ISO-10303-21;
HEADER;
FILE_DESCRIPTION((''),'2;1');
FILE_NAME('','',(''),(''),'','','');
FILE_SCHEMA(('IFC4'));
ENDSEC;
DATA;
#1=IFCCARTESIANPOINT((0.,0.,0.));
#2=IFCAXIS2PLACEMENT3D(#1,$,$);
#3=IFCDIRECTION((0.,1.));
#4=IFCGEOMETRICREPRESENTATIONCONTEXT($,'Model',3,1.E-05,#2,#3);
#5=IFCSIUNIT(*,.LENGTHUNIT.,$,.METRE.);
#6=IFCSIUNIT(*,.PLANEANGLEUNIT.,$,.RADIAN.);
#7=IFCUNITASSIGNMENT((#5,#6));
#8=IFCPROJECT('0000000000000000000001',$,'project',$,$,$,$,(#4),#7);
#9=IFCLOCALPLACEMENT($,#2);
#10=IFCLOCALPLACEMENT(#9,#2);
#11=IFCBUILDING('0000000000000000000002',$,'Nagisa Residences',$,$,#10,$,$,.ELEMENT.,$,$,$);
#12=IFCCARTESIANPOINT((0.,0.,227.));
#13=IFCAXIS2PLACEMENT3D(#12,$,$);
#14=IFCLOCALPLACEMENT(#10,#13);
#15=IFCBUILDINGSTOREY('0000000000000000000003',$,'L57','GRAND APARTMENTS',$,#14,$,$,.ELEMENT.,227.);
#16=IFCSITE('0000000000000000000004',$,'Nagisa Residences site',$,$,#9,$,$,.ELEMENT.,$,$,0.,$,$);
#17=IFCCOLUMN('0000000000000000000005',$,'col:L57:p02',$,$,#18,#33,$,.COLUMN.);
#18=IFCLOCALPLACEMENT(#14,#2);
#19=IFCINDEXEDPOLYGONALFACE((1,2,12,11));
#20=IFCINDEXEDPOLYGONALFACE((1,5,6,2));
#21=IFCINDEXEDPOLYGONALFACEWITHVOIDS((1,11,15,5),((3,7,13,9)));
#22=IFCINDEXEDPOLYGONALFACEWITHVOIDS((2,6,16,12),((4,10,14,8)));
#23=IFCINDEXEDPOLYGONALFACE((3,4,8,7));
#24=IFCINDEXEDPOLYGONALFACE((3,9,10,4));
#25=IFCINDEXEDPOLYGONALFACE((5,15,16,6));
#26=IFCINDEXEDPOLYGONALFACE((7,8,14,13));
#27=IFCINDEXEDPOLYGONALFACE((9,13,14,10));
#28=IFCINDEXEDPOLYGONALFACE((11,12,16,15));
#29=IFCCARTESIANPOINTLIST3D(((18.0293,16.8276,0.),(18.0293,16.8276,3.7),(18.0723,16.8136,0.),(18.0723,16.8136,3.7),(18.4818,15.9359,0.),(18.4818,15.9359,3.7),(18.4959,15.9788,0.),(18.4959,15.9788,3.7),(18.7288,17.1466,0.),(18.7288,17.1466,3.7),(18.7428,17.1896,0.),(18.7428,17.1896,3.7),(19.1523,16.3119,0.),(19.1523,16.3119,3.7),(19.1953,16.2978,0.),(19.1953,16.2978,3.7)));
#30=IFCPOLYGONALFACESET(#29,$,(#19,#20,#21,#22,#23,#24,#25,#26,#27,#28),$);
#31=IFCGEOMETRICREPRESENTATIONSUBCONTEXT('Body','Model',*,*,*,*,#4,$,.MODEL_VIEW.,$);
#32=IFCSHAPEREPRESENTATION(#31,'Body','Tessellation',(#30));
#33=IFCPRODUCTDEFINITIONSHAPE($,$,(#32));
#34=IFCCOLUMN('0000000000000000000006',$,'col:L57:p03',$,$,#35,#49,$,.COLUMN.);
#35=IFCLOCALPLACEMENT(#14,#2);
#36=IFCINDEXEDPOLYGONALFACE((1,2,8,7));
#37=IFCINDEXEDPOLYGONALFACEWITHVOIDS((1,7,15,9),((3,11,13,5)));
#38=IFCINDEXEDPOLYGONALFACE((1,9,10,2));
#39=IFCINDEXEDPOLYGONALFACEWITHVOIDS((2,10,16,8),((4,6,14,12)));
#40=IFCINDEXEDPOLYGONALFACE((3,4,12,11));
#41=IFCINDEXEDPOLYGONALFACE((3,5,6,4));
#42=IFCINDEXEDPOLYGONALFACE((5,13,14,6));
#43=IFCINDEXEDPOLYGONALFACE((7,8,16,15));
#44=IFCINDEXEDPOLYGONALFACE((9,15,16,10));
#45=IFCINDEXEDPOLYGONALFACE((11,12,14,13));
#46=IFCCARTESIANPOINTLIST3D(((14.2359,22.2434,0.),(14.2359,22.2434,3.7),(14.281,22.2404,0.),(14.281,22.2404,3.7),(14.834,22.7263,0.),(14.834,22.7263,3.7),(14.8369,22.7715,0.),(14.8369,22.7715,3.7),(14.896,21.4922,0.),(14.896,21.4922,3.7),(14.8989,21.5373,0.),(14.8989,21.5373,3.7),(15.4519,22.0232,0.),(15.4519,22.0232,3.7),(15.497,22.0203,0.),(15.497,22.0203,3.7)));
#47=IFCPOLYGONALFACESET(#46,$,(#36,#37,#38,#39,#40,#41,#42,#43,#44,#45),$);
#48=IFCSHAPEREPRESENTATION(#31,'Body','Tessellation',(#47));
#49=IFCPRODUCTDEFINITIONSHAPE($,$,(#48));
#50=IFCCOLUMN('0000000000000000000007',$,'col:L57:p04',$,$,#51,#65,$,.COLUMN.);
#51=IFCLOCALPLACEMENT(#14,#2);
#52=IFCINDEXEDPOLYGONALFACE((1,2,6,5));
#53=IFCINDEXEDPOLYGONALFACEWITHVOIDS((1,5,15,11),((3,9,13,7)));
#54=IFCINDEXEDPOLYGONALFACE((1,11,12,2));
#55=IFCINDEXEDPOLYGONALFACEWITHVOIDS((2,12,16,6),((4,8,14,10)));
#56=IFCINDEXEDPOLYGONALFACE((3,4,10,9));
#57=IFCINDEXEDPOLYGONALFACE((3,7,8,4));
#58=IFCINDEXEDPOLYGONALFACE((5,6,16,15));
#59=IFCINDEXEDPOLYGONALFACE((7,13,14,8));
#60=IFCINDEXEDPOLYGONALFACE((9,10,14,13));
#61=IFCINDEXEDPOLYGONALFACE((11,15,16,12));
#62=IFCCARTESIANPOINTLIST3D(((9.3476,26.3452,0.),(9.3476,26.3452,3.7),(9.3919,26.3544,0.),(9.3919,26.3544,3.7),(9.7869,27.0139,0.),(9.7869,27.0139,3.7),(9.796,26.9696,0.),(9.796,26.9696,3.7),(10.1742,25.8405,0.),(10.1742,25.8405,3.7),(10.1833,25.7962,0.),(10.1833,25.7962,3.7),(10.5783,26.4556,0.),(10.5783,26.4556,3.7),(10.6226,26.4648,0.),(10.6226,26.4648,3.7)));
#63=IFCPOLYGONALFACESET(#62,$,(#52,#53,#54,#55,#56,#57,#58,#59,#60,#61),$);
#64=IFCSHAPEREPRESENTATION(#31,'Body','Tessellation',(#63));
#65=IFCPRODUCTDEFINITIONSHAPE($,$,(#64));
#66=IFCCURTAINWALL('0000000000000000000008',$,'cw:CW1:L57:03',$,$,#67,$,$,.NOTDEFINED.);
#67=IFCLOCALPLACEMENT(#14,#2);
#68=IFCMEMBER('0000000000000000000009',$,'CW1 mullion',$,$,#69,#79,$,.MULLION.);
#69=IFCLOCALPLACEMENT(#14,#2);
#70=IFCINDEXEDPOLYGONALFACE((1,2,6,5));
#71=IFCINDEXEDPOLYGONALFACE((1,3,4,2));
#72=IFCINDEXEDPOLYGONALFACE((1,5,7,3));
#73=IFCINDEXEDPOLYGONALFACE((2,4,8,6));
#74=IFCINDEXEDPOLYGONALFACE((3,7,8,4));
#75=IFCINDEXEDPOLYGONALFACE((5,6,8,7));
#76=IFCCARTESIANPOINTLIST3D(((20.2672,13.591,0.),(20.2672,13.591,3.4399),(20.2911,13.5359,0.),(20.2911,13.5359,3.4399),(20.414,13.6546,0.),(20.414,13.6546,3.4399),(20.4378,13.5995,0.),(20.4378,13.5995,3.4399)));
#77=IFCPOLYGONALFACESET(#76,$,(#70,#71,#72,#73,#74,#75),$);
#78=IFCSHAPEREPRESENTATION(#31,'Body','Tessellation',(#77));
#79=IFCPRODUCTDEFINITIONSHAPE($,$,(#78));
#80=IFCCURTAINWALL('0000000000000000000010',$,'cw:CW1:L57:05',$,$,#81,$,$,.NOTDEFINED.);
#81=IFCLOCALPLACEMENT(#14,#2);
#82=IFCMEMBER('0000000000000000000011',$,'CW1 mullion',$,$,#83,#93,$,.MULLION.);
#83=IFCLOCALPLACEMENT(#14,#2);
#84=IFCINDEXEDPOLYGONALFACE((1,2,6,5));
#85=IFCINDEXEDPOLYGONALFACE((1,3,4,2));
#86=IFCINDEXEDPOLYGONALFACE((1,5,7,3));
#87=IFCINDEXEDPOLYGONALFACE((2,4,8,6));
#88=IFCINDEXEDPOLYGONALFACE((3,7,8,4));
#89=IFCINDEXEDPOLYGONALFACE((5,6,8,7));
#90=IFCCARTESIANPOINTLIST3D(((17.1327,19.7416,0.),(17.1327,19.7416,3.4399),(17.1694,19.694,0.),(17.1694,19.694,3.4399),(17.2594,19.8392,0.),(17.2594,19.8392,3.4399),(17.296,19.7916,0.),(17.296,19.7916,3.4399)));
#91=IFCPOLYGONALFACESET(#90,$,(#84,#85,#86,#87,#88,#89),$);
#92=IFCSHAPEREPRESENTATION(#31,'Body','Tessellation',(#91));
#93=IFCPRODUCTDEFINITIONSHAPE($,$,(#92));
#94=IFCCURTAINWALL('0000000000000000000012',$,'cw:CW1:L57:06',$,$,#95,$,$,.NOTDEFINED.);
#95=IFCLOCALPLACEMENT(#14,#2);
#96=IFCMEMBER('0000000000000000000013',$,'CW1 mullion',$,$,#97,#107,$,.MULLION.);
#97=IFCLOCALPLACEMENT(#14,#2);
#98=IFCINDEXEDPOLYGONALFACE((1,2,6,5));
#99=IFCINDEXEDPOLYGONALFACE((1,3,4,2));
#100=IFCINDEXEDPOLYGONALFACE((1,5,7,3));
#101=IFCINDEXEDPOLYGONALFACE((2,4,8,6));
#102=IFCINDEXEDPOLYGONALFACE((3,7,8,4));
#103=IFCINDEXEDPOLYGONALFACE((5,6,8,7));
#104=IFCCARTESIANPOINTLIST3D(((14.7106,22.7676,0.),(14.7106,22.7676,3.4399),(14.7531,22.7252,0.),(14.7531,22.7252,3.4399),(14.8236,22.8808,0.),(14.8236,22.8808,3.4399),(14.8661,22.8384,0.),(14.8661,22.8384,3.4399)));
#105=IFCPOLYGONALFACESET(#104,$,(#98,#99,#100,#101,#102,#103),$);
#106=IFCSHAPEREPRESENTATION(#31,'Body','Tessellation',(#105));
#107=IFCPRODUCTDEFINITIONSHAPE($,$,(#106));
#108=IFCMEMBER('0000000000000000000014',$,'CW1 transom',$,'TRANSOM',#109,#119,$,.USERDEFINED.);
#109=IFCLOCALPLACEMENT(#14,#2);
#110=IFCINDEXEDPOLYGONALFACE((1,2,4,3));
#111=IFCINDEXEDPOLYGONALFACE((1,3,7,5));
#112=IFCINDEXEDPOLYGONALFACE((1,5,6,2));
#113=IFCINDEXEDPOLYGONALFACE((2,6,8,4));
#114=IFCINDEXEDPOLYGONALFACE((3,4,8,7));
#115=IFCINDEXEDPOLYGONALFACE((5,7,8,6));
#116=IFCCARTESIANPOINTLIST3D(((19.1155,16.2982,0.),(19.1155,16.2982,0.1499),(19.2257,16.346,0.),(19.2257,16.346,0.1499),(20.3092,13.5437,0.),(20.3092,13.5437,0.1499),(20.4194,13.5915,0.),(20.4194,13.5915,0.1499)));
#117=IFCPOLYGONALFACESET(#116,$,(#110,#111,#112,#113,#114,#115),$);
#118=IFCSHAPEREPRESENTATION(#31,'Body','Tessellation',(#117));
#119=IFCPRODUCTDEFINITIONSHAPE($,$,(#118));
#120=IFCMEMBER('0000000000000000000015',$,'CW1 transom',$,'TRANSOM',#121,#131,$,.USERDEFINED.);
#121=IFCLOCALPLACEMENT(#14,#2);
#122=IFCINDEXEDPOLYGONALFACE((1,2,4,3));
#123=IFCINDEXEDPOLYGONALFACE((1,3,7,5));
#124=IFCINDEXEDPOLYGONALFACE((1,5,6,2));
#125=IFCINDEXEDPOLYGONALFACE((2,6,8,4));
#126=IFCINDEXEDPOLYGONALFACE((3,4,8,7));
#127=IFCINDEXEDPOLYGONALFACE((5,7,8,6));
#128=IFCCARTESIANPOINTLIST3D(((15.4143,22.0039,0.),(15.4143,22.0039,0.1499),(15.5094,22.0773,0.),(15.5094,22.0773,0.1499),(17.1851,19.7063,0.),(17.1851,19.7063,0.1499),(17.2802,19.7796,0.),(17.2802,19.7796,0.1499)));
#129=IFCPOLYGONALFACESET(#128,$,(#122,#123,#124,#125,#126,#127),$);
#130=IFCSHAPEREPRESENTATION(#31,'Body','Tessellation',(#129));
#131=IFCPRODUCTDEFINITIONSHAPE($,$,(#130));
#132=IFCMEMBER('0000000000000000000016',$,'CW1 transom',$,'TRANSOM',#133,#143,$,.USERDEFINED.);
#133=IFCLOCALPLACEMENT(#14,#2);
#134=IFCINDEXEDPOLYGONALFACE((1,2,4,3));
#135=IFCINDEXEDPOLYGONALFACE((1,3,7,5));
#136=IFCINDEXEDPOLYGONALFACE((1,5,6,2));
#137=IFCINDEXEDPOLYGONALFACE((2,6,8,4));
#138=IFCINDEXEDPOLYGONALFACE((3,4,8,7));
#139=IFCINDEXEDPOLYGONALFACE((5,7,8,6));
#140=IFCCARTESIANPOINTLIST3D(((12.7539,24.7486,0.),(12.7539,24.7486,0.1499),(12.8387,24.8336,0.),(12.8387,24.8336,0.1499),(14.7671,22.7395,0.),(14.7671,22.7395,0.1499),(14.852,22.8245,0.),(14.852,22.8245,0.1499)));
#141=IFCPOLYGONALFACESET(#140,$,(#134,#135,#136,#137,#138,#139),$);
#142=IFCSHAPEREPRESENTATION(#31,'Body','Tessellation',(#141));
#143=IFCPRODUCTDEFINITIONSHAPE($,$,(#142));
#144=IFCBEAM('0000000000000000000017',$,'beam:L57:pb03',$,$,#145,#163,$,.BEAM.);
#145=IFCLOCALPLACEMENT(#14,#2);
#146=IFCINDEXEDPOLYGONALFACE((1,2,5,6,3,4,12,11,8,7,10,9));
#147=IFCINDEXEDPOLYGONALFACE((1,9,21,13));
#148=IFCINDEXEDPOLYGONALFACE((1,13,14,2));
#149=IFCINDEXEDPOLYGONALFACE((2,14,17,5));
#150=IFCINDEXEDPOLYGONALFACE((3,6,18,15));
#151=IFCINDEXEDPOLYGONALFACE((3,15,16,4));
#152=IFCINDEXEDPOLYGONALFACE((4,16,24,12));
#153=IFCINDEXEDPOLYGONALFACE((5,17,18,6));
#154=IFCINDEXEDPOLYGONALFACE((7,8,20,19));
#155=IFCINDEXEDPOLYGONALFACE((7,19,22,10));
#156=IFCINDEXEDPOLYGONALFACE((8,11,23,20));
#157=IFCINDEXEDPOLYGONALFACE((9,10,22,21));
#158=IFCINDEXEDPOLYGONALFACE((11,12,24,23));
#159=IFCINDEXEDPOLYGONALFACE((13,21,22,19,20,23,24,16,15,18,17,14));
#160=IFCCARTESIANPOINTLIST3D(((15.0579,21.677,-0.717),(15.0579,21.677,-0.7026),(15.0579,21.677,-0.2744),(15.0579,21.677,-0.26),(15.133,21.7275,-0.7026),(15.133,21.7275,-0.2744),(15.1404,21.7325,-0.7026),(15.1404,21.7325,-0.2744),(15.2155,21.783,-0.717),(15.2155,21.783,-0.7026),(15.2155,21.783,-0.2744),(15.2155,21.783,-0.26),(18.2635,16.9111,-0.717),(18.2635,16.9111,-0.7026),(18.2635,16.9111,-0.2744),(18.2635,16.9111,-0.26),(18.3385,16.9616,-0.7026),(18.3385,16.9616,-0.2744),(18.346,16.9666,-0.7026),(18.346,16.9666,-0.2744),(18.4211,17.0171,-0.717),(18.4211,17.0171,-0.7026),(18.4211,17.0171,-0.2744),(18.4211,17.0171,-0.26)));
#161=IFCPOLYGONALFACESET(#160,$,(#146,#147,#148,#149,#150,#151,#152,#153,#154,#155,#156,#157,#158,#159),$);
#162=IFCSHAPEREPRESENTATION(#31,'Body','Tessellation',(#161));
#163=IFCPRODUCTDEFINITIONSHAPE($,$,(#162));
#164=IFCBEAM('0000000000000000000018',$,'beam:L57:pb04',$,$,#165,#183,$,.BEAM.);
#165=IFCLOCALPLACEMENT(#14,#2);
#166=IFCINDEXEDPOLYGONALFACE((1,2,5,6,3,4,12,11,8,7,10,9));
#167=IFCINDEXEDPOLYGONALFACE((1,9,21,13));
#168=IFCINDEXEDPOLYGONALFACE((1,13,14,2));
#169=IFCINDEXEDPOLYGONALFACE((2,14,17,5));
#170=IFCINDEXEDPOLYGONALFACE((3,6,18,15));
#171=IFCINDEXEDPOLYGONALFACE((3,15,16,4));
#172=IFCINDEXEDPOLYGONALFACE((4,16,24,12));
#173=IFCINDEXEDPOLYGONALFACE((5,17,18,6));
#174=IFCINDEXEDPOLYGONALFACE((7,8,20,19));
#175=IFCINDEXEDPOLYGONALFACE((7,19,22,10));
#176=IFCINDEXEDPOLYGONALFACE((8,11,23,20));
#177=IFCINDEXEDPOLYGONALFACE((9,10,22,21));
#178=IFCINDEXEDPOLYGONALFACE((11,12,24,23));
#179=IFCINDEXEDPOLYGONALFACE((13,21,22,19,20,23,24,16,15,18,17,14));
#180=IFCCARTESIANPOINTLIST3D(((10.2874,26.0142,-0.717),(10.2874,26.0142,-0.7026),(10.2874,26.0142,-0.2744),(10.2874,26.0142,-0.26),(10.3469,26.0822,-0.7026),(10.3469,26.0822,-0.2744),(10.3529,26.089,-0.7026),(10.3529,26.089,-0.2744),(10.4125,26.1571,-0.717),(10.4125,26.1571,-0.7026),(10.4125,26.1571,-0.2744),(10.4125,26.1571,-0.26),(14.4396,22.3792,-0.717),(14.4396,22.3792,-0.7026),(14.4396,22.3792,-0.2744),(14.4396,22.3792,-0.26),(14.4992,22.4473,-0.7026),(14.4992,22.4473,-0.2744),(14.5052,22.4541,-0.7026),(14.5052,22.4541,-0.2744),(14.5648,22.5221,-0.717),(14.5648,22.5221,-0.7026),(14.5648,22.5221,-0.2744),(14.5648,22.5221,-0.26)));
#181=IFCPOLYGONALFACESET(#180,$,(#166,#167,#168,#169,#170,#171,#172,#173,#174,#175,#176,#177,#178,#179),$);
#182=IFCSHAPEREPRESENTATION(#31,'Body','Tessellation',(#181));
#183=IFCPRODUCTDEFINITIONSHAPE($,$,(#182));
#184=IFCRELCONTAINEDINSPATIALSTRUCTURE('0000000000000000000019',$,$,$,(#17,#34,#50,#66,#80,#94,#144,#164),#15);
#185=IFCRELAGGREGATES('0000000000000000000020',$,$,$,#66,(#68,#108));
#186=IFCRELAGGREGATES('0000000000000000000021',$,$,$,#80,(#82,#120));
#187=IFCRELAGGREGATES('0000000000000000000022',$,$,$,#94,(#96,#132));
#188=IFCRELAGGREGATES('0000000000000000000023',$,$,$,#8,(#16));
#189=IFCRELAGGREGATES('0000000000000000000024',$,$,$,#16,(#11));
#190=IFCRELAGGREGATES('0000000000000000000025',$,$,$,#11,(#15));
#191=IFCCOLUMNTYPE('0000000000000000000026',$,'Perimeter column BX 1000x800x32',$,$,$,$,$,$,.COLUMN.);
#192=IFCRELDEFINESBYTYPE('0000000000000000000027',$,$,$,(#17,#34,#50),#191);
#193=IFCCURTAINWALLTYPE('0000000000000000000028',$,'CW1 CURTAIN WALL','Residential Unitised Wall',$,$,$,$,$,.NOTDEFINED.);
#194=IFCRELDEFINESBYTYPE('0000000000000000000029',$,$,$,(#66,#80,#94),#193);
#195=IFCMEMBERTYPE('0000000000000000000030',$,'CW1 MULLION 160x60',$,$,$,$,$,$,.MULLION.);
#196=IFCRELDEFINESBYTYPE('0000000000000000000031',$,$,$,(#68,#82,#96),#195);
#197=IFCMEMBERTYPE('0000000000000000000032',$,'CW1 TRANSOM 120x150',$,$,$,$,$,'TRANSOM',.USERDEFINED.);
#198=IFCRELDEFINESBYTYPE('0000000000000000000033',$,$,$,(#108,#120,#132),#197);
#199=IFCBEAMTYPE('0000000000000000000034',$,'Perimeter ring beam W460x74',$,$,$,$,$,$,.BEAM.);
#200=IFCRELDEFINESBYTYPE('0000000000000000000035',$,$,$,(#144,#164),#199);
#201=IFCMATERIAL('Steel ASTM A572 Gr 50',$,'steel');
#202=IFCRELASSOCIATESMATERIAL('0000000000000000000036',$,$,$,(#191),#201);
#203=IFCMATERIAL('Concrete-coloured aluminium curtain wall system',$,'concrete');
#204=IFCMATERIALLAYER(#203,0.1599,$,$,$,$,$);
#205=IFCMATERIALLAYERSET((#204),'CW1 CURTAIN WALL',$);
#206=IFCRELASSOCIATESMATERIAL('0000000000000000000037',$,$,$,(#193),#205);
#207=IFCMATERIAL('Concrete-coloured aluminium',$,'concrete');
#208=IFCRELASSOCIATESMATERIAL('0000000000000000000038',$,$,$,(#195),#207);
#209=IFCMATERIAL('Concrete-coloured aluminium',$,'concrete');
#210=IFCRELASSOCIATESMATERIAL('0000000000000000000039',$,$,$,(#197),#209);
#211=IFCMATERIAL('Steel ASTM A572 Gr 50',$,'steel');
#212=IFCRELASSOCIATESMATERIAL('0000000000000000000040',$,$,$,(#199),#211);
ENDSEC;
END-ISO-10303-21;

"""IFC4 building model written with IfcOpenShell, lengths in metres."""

from ifc_helpers import new_model, si_unit, direction, frame, origin, origin_2d, place, context, subcontext, project, spatial, rectangle, hollow_rectangle, i_section, extrude, material, layer, layer_set, material_profile, profile_set, type_object, element, aggregate, save


model = new_model("IFC4")

# Units and contexts
model_context = context("Model", 3, precision=1e-05, world=origin(), true_north=direction((0.0, 1.0)))
body_context = subcontext(model_context, "Body", "Model", "MODEL_VIEW")
ifc_project = project(units=[si_unit("LENGTHUNIT", "METRE"), si_unit("PLANEANGLEUNIT", "RADIAN")], contexts=[model_context])

# Site, building, storey
site_placement = place(None, origin())
site = spatial("IfcSite", under=ifc_project, at=site_placement, Name="Nagisa Residences site", CompositionType="ELEMENT", RefElevation=0.0)
building_placement = place(site_placement, origin())
building = spatial("IfcBuilding", under=site, at=building_placement, Name="Nagisa Residences", CompositionType="ELEMENT")
storey_placement = place(building_placement, frame((0.0, 0.0, 227.0)))
storey = spatial("IfcBuildingStorey", under=building, at=storey_placement, Name="L57", Description="GRAND APARTMENTS", CompositionType="ELEMENT", Elevation=227.0)

# Columns
ifc_material_1 = material(Name="Steel ASTM A572 Gr 50", Category="steel")
ifc_material_profile_1 = material_profile(ifc_material_1, hollow_rectangle(XDim=1.0, YDim=0.8, WallThickness=0.032, at=origin_2d()), Name="BX 1000x800x32")
ifc_profile_set_1 = profile_set([ifc_material_profile_1], Name="Steel ASTM A572 Gr 50")
column_type = type_object("IfcColumnType", Name="Perimeter column BX 1000x800x32", PredefinedType="COLUMN", material=ifc_profile_set_1)
for number, where, z_axis, x_axis, name in (
    (1, (18.6123, 16.5627, 0.0), (0.0, 0.0, 1.0), (-0.452463, 0.891783, 0.0), "col:L57:p02"),
    (2, (14.8665, 22.1318, 0.0), (0.0, 0.0, 1.0), (-0.660115, 0.751165, 0.0), "col:L57:p03"),
    (3, (9.9851, 26.405, 0.0), (0.0, 0.0, 1.0), (-0.835766, 0.549086, 0.0), "col:L57:p04"),
):
    element("IfcColumn", number, at=place(storey_placement, frame(where, z_axis=z_axis, x_axis=x_axis)), inside=storey, type_object=column_type, Name=name, PredefinedType="COLUMN", context=body_context, shape_type="SweptSolid", body=[
        extrude(hollow_rectangle(XDim=1.0, YDim=0.8, WallThickness=0.032, at=origin_2d()), origin(), (0.0, 0.0, 1.0), 3.7),
    ])

# Curtain walls, members
ifc_material_2 = material(Name="Concrete-coloured aluminium curtain wall system", Category="concrete")
ifc_layer_1 = layer(ifc_material_2, 0.1599)
ifc_layer_set_1 = layer_set([ifc_layer_1], Name="CW1 CURTAIN WALL")
curtain_wall_type = type_object("IfcCurtainWallType", Name="CW1 CURTAIN WALL", Description="Residential Unitised Wall", PredefinedType="NOTDEFINED", material=ifc_layer_set_1)
curtain_wall_1_placement = place(storey_placement, origin())
curtain_wall_1 = element("IfcCurtainWall", 4, at=curtain_wall_1_placement, inside=storey, type_object=curtain_wall_type, Name="cw:CW1:L57:03", PredefinedType="NOTDEFINED")
ifc_material_3 = material(Name="Concrete-coloured aluminium", Category="concrete")
ifc_material_profile_2 = material_profile(ifc_material_3, rectangle(XDim=0.1599, YDim=0.0601, at=origin_2d()), Name="CW1 MULLION 160x60")
ifc_profile_set_2 = profile_set([ifc_material_profile_2], Name="Concrete-coloured aluminium")
member_type_1 = type_object("IfcMemberType", Name="CW1 MULLION 160x60", PredefinedType="MULLION", material=ifc_profile_set_2)
member_1_placement = place(storey_placement, frame((20.3525, 13.5952, 0.0), z_axis=(0.0, 0.0, 1.0), x_axis=(-0.917543, -0.397636, 0.0)))
member_1 = element("IfcMember", 5, at=member_1_placement, type_object=member_type_1, Name="CW1 mullion", PredefinedType="MULLION", context=body_context, shape_type="SweptSolid", body=[
    extrude(rectangle(XDim=0.1599, YDim=0.0601, at=origin_2d()), origin(), (0.0, 0.0, 1.0), 3.4399),
])
curtain_wall_2_placement = place(storey_placement, origin())
curtain_wall_2 = element("IfcCurtainWall", 6, at=curtain_wall_2_placement, inside=storey, type_object=curtain_wall_type, Name="cw:CW1:L57:05", PredefinedType="NOTDEFINED")
member_2_placement = place(storey_placement, frame((17.2144, 19.7666, 0.0), z_axis=(0.0, 0.0, 1.0), x_axis=(-0.79207, -0.61043, 0.0)))
member_2 = element("IfcMember", 7, at=member_2_placement, type_object=member_type_1, Name="CW1 mullion", PredefinedType="MULLION", context=body_context, shape_type="SweptSolid", body=[
    extrude(rectangle(XDim=0.1599, YDim=0.0601, at=origin_2d()), origin(), (0.0, 0.0, 1.0), 3.4399),
])
curtain_wall_3_placement = place(storey_placement, origin())
curtain_wall_3 = element("IfcCurtainWall", 8, at=curtain_wall_3_placement, inside=storey, type_object=curtain_wall_type, Name="cw:CW1:L57:06", PredefinedType="NOTDEFINED")
member_3_placement = place(storey_placement, frame((14.7883, 22.803, 0.0), z_axis=(0.0, 0.0, 1.0), x_axis=(-0.706377, -0.707836, 0.0)))
member_3 = element("IfcMember", 9, at=member_3_placement, type_object=member_type_1, Name="CW1 mullion", PredefinedType="MULLION", context=body_context, shape_type="SweptSolid", body=[
    extrude(rectangle(XDim=0.1599, YDim=0.0601, at=origin_2d()), origin(), (0.0, 0.0, 1.0), 3.4399),
])

# Members
ifc_material_4 = material(Name="Concrete-coloured aluminium", Category="concrete")
ifc_material_profile_3 = material_profile(ifc_material_4, rectangle(XDim=0.1201, YDim=0.1499, at=origin_2d()), Name="CW1 TRANSOM 120x150")
ifc_profile_set_3 = profile_set([ifc_material_profile_3], Name="Concrete-coloured aluminium")
member_type_2 = type_object("IfcMemberType", Name="CW1 TRANSOM 120x150", ElementType="TRANSOM", PredefinedType="USERDEFINED", material=ifc_profile_set_3)
member_4_placement = place(storey_placement, frame((20.3643, 13.5676, 0.075), z_axis=(-0.397617, 0.917552, 0.0), x_axis=(-0.917552, -0.397617, 0.0)))
member_4 = element("IfcMember", 10, at=member_4_placement, type_object=member_type_2, Name="CW1 transom", ObjectType="TRANSOM", PredefinedType="USERDEFINED", context=body_context, shape_type="SweptSolid", body=[
    extrude(rectangle(XDim=0.1201, YDim=0.1499, at=origin_2d()), origin(), (0.0, 0.0, 1.0), 3.002),
])
member_5_placement = place(storey_placement, frame((17.2327, 19.7429, 0.075), z_axis=(-0.610439, 0.792064, 0.0), x_axis=(-0.792064, -0.610439, 0.0)))
member_5 = element("IfcMember", 11, at=member_5_placement, type_object=member_type_2, Name="CW1 transom", ObjectType="TRANSOM", PredefinedType="USERDEFINED", context=body_context, shape_type="SweptSolid", body=[
    extrude(rectangle(XDim=0.1201, YDim=0.1499, at=origin_2d()), origin(), (0.0, 0.0, 1.0), 2.9009),
])
member_6_placement = place(storey_placement, frame((14.8096, 22.782, 0.075), z_axis=(-0.707836, 0.706377, 0.0), x_axis=(-0.706377, -0.707836, 0.0)))
member_6 = element("IfcMember", 12, at=member_6_placement, type_object=member_type_2, Name="CW1 transom", ObjectType="TRANSOM", PredefinedType="USERDEFINED", context=body_context, shape_type="SweptSolid", body=[
    extrude(rectangle(XDim=0.1201, YDim=0.1499, at=origin_2d()), origin(), (0.0, 0.0, 1.0), 2.8442),
])

# Beams
ifc_material_5 = material(Name="Steel ASTM A572 Gr 50", Category="steel")
ifc_material_profile_4 = material_profile(ifc_material_5, i_section(OverallWidth=0.1899, OverallDepth=0.457, WebThickness=0.009, FlangeThickness=0.0144, at=origin_2d()), Name="W460x74")
ifc_profile_set_4 = profile_set([ifc_material_profile_4], Name="Steel ASTM A572 Gr 50")
beam_type_1 = type_object("IfcBeamType", Name="Perimeter ring beam W460x74", PredefinedType="BEAM", material=ifc_profile_set_4)
beam_1_placement = place(storey_placement, frame((18.3423, 16.9641, -0.4885), z_axis=(-0.558109, 0.829768, 0.0), x_axis=(-0.829768, -0.558109, 0.0)))
element("IfcBeam", 13, at=beam_1_placement, inside=storey, type_object=beam_type_1, Name="beam:L57:pb03", PredefinedType="BEAM", context=body_context, shape_type="SweptSolid", body=[
    extrude(i_section(OverallWidth=0.1899, OverallDepth=0.457, WebThickness=0.009, FlangeThickness=0.0144, at=origin_2d()), origin(), (0.0, 0.0, 1.0), 5.7437),
])
beam_2_placement = place(storey_placement, frame((14.5022, 22.4507, -0.4885), z_axis=(-0.752423, 0.65868, 0.0), x_axis=(-0.65868, -0.752423, 0.0)))
element("IfcBeam", 14, at=beam_2_placement, inside=storey, type_object=beam_type_1, Name="beam:L57:pb04", PredefinedType="BEAM", context=body_context, shape_type="SweptSolid", body=[
    extrude(i_section(OverallWidth=0.1899, OverallDepth=0.457, WebThickness=0.009, FlangeThickness=0.0144, at=origin_2d()), origin(), (0.0, 0.0, 1.0), 5.5186),
])

aggregate(curtain_wall_1, [member_1, member_4])
aggregate(curtain_wall_2, [member_2, member_5])
aggregate(curtain_wall_3, [member_3, member_6])

save(model, "model.ifc")
